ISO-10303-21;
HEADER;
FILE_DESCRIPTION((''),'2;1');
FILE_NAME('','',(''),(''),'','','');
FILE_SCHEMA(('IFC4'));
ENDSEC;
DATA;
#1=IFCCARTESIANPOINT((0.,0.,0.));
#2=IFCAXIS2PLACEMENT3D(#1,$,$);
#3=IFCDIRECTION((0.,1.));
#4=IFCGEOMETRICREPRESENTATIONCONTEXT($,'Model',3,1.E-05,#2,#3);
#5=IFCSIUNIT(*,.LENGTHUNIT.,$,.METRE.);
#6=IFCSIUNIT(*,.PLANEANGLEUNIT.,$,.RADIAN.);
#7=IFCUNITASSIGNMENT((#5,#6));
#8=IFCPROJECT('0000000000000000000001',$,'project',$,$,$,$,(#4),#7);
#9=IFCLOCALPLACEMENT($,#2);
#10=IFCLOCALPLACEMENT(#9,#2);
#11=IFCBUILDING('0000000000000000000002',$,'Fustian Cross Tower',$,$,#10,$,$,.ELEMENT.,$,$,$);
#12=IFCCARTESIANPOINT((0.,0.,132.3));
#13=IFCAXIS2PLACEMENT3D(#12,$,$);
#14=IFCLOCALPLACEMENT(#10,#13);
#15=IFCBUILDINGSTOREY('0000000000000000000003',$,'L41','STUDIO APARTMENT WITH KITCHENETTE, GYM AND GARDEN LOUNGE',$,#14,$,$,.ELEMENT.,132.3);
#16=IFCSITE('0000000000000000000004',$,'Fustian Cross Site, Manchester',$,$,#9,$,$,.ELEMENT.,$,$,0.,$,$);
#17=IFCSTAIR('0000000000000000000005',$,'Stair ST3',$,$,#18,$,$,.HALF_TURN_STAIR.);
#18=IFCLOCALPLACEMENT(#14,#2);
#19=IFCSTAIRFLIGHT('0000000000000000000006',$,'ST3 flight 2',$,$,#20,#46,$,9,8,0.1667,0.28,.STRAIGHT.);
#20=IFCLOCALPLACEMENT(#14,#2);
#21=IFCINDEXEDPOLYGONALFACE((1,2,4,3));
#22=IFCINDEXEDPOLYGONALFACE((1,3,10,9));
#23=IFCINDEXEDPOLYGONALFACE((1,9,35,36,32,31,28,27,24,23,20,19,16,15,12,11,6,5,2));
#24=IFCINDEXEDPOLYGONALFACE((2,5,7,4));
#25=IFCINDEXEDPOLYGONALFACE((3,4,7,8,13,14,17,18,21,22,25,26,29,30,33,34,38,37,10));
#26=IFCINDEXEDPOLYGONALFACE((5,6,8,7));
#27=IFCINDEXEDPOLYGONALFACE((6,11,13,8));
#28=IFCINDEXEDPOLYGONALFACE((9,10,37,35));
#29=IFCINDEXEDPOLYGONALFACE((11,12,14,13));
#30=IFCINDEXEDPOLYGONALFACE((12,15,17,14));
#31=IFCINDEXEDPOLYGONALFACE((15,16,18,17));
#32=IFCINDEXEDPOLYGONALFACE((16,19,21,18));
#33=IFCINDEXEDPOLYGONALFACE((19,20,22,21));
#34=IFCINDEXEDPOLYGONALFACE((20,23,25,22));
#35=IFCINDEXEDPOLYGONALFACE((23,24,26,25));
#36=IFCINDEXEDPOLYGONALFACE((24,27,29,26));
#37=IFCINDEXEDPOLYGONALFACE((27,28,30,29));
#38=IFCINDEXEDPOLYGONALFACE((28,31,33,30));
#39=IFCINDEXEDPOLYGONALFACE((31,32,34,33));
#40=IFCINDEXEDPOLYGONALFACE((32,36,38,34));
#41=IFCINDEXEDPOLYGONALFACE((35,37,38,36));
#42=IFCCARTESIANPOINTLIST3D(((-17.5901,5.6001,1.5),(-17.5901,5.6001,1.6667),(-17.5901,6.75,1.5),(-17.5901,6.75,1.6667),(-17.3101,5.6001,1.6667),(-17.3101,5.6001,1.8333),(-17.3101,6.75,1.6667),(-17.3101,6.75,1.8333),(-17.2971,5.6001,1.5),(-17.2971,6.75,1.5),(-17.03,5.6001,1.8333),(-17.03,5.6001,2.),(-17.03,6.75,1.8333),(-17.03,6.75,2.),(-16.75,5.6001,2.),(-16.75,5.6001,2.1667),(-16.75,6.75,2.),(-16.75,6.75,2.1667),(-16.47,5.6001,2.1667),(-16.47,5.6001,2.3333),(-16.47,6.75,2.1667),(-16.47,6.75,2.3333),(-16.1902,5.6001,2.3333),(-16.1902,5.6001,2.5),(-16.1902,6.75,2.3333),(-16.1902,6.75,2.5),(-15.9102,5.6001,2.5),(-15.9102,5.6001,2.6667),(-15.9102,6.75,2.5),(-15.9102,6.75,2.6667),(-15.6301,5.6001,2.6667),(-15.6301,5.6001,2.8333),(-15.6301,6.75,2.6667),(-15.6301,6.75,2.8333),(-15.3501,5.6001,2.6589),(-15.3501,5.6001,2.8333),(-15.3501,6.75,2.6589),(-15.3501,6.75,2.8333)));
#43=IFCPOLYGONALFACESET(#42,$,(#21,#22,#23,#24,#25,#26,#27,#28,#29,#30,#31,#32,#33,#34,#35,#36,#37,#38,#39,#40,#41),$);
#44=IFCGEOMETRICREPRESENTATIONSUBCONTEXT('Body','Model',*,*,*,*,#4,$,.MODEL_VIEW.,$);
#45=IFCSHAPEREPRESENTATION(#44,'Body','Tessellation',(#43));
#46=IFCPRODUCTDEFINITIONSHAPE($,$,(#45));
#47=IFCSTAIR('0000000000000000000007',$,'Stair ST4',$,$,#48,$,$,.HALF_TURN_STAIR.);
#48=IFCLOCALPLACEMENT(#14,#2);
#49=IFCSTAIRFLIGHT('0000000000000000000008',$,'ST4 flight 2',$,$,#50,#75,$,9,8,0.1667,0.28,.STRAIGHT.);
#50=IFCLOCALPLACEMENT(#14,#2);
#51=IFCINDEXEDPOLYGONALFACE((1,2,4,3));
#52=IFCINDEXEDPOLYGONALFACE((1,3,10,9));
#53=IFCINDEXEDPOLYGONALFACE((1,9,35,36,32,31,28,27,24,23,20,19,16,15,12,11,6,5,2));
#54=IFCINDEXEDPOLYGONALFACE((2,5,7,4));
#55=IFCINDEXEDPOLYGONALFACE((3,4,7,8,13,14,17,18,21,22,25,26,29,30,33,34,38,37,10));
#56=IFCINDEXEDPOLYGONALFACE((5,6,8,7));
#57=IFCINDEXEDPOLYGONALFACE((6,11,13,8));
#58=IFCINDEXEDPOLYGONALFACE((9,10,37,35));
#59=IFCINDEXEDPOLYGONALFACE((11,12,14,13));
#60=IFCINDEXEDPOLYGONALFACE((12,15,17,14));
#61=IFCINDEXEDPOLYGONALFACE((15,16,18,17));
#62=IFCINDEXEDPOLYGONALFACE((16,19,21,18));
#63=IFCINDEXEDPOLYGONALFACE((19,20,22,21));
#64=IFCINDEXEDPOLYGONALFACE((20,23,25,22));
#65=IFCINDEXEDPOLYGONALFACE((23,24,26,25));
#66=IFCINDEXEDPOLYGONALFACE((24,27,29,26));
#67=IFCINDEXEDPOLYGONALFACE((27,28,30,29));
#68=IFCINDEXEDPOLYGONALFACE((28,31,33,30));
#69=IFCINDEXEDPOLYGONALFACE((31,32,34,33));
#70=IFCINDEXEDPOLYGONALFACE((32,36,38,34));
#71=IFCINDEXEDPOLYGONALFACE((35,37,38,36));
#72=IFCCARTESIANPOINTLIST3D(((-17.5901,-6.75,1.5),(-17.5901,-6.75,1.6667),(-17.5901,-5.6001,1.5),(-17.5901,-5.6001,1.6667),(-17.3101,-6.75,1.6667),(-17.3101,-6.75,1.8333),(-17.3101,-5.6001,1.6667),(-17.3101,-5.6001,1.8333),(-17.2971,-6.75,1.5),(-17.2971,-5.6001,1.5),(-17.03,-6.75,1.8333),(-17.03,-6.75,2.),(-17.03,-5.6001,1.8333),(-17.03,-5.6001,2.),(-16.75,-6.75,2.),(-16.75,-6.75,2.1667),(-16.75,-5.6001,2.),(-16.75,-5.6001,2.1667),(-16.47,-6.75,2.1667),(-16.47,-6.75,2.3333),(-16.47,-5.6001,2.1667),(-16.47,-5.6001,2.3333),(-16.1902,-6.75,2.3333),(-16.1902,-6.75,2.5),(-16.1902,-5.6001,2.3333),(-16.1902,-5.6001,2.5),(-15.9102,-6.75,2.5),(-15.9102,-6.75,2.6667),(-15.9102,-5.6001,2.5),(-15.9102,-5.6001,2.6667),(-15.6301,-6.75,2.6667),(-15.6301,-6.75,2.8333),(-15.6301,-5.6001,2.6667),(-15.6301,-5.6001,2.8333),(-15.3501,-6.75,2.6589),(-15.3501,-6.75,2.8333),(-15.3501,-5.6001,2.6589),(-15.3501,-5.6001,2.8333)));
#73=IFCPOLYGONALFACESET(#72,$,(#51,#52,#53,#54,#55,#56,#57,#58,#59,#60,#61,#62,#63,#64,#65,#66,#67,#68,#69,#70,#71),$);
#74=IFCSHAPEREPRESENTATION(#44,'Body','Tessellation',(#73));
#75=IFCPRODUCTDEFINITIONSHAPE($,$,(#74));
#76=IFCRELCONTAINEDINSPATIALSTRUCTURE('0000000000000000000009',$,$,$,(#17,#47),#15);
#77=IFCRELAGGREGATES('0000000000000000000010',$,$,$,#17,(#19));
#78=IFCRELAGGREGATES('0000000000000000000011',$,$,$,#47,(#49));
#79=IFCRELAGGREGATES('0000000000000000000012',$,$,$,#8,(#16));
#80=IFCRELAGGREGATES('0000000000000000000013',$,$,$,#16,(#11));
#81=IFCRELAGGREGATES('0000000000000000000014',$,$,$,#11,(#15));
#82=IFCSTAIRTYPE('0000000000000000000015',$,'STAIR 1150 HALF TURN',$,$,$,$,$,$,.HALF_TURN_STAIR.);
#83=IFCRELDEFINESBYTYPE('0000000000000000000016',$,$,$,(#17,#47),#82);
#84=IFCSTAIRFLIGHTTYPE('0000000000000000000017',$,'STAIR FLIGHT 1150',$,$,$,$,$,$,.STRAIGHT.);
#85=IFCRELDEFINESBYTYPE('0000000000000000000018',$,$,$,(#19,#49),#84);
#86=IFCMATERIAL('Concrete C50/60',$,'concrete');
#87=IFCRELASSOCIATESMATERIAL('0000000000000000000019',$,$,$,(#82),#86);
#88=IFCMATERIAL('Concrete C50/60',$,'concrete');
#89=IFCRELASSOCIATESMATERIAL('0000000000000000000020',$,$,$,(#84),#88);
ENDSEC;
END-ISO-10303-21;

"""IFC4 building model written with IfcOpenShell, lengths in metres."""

from ifc_helpers import new_model, si_unit, direction, frame, origin, place, context, subcontext, project, spatial, polyline, outline, extrude, material, type_object, element, aggregate, save


model = new_model("IFC4")

# Units and contexts
model_context = context("Model", 3, precision=1e-05, world=origin(), true_north=direction((0.0, 1.0)))
body_context = subcontext(model_context, "Body", "Model", "MODEL_VIEW")
ifc_project = project(units=[si_unit("LENGTHUNIT", "METRE"), si_unit("PLANEANGLEUNIT", "RADIAN")], contexts=[model_context])

# Site, building, storey
site_placement = place(None, origin())
site = spatial("IfcSite", under=ifc_project, at=site_placement, Name="Fustian Cross Site, Manchester", CompositionType="ELEMENT", RefElevation=0.0)
building_placement = place(site_placement, origin())
building = spatial("IfcBuilding", under=site, at=building_placement, Name="Fustian Cross Tower", CompositionType="ELEMENT")
storey_placement = place(building_placement, frame((0.0, 0.0, 132.3)))
storey = spatial("IfcBuildingStorey", under=building, at=storey_placement, Name="L41", Description="STUDIO APARTMENT WITH KITCHENETTE, GYM AND GARDEN LOUNGE", CompositionType="ELEMENT", Elevation=132.3)

# Stair, stair flight
ifc_material_1 = material(Name="Concrete C50/60", Category="concrete")
stair_type = type_object("IfcStairType", Name="STAIR 1150 HALF TURN", PredefinedType="HALF_TURN_STAIR", material=ifc_material_1)
stair_1_placement = place(storey_placement, origin())
stair_1 = element("IfcStair", 1, at=stair_1_placement, inside=storey, type_object=stair_type, Name="Stair ST3", PredefinedType="HALF_TURN_STAIR")
ifc_material_2 = material(Name="Concrete C50/60", Category="concrete")
stair_flight_type = type_object("IfcStairFlightType", Name="STAIR FLIGHT 1150", PredefinedType="STRAIGHT", material=ifc_material_2)
stair_flight_1_placement = place(storey_placement, frame((-17.5901, 6.175, 1.5), z_axis=(0.0, 0.0, 1.0), x_axis=(1.0, 0.0, 0.0)))
stair_flight_1 = element("IfcStairFlight", 2, at=stair_flight_1_placement, type_object=stair_flight_type, Name="ST3 flight 2", NumberOfRisers=9, NumberOfTreads=8, PredefinedType="STRAIGHT", RiserHeight=0.1667, TreadLength=0.28, context=body_context, shape_type="SweptSolid", body=[
    extrude(outline(polyline([(0.0, 0.0), (0.0, 0.1667), (0.28, 0.1667), (0.28, 0.3333), (0.5601, 0.3333), (0.5601, 0.5), (0.8401, 0.5), (0.8401, 0.6667), (1.1201, 0.6667), (1.1201, 0.8333), (1.3999, 0.8333), (1.3999, 1.0), (1.6799, 1.0), (1.6799, 1.1667), (1.96, 1.1667), (1.96, 1.3333), (2.24, 1.3333), (2.24, 1.5), (2.24, 1.1589), (0.293, 0.0), (0.0, 0.0)])), frame((0.0, 0.575, 0.0), z_axis=(0.0, -1.0, 0.0), x_axis=(1.0, 0.0, 0.0)), (0.0, 0.0, 1.0), 1.1499),
])
aggregate(stair_1, [stair_flight_1])

# Stair, stair flight
stair_2_placement = place(storey_placement, origin())
stair_2 = element("IfcStair", 3, at=stair_2_placement, inside=storey, type_object=stair_type, Name="Stair ST4", PredefinedType="HALF_TURN_STAIR")
stair_flight_2_placement = place(storey_placement, frame((-17.5901, -6.175, 1.5), z_axis=(0.0, 0.0, 1.0), x_axis=(1.0, 0.0, 0.0)))
stair_flight_2 = element("IfcStairFlight", 4, at=stair_flight_2_placement, type_object=stair_flight_type, Name="ST4 flight 2", NumberOfRisers=9, NumberOfTreads=8, PredefinedType="STRAIGHT", RiserHeight=0.1667, TreadLength=0.28, context=body_context, shape_type="SweptSolid", body=[
    extrude(outline(polyline([(0.0, 0.0), (0.0, 0.1667), (0.28, 0.1667), (0.28, 0.3333), (0.5601, 0.3333), (0.5601, 0.5), (0.8401, 0.5), (0.8401, 0.6667), (1.1201, 0.6667), (1.1201, 0.8333), (1.3999, 0.8333), (1.3999, 1.0), (1.6799, 1.0), (1.6799, 1.1667), (1.96, 1.1667), (1.96, 1.3333), (2.24, 1.3333), (2.24, 1.5), (2.24, 1.1589), (0.293, 0.0), (0.0, 0.0)])), frame((0.0, 0.575, 0.0), z_axis=(0.0, -1.0, 0.0), x_axis=(1.0, 0.0, 0.0)), (0.0, 0.0, 1.0), 1.1499),
])
aggregate(stair_2, [stair_flight_2])

save(model, "model.ifc")
